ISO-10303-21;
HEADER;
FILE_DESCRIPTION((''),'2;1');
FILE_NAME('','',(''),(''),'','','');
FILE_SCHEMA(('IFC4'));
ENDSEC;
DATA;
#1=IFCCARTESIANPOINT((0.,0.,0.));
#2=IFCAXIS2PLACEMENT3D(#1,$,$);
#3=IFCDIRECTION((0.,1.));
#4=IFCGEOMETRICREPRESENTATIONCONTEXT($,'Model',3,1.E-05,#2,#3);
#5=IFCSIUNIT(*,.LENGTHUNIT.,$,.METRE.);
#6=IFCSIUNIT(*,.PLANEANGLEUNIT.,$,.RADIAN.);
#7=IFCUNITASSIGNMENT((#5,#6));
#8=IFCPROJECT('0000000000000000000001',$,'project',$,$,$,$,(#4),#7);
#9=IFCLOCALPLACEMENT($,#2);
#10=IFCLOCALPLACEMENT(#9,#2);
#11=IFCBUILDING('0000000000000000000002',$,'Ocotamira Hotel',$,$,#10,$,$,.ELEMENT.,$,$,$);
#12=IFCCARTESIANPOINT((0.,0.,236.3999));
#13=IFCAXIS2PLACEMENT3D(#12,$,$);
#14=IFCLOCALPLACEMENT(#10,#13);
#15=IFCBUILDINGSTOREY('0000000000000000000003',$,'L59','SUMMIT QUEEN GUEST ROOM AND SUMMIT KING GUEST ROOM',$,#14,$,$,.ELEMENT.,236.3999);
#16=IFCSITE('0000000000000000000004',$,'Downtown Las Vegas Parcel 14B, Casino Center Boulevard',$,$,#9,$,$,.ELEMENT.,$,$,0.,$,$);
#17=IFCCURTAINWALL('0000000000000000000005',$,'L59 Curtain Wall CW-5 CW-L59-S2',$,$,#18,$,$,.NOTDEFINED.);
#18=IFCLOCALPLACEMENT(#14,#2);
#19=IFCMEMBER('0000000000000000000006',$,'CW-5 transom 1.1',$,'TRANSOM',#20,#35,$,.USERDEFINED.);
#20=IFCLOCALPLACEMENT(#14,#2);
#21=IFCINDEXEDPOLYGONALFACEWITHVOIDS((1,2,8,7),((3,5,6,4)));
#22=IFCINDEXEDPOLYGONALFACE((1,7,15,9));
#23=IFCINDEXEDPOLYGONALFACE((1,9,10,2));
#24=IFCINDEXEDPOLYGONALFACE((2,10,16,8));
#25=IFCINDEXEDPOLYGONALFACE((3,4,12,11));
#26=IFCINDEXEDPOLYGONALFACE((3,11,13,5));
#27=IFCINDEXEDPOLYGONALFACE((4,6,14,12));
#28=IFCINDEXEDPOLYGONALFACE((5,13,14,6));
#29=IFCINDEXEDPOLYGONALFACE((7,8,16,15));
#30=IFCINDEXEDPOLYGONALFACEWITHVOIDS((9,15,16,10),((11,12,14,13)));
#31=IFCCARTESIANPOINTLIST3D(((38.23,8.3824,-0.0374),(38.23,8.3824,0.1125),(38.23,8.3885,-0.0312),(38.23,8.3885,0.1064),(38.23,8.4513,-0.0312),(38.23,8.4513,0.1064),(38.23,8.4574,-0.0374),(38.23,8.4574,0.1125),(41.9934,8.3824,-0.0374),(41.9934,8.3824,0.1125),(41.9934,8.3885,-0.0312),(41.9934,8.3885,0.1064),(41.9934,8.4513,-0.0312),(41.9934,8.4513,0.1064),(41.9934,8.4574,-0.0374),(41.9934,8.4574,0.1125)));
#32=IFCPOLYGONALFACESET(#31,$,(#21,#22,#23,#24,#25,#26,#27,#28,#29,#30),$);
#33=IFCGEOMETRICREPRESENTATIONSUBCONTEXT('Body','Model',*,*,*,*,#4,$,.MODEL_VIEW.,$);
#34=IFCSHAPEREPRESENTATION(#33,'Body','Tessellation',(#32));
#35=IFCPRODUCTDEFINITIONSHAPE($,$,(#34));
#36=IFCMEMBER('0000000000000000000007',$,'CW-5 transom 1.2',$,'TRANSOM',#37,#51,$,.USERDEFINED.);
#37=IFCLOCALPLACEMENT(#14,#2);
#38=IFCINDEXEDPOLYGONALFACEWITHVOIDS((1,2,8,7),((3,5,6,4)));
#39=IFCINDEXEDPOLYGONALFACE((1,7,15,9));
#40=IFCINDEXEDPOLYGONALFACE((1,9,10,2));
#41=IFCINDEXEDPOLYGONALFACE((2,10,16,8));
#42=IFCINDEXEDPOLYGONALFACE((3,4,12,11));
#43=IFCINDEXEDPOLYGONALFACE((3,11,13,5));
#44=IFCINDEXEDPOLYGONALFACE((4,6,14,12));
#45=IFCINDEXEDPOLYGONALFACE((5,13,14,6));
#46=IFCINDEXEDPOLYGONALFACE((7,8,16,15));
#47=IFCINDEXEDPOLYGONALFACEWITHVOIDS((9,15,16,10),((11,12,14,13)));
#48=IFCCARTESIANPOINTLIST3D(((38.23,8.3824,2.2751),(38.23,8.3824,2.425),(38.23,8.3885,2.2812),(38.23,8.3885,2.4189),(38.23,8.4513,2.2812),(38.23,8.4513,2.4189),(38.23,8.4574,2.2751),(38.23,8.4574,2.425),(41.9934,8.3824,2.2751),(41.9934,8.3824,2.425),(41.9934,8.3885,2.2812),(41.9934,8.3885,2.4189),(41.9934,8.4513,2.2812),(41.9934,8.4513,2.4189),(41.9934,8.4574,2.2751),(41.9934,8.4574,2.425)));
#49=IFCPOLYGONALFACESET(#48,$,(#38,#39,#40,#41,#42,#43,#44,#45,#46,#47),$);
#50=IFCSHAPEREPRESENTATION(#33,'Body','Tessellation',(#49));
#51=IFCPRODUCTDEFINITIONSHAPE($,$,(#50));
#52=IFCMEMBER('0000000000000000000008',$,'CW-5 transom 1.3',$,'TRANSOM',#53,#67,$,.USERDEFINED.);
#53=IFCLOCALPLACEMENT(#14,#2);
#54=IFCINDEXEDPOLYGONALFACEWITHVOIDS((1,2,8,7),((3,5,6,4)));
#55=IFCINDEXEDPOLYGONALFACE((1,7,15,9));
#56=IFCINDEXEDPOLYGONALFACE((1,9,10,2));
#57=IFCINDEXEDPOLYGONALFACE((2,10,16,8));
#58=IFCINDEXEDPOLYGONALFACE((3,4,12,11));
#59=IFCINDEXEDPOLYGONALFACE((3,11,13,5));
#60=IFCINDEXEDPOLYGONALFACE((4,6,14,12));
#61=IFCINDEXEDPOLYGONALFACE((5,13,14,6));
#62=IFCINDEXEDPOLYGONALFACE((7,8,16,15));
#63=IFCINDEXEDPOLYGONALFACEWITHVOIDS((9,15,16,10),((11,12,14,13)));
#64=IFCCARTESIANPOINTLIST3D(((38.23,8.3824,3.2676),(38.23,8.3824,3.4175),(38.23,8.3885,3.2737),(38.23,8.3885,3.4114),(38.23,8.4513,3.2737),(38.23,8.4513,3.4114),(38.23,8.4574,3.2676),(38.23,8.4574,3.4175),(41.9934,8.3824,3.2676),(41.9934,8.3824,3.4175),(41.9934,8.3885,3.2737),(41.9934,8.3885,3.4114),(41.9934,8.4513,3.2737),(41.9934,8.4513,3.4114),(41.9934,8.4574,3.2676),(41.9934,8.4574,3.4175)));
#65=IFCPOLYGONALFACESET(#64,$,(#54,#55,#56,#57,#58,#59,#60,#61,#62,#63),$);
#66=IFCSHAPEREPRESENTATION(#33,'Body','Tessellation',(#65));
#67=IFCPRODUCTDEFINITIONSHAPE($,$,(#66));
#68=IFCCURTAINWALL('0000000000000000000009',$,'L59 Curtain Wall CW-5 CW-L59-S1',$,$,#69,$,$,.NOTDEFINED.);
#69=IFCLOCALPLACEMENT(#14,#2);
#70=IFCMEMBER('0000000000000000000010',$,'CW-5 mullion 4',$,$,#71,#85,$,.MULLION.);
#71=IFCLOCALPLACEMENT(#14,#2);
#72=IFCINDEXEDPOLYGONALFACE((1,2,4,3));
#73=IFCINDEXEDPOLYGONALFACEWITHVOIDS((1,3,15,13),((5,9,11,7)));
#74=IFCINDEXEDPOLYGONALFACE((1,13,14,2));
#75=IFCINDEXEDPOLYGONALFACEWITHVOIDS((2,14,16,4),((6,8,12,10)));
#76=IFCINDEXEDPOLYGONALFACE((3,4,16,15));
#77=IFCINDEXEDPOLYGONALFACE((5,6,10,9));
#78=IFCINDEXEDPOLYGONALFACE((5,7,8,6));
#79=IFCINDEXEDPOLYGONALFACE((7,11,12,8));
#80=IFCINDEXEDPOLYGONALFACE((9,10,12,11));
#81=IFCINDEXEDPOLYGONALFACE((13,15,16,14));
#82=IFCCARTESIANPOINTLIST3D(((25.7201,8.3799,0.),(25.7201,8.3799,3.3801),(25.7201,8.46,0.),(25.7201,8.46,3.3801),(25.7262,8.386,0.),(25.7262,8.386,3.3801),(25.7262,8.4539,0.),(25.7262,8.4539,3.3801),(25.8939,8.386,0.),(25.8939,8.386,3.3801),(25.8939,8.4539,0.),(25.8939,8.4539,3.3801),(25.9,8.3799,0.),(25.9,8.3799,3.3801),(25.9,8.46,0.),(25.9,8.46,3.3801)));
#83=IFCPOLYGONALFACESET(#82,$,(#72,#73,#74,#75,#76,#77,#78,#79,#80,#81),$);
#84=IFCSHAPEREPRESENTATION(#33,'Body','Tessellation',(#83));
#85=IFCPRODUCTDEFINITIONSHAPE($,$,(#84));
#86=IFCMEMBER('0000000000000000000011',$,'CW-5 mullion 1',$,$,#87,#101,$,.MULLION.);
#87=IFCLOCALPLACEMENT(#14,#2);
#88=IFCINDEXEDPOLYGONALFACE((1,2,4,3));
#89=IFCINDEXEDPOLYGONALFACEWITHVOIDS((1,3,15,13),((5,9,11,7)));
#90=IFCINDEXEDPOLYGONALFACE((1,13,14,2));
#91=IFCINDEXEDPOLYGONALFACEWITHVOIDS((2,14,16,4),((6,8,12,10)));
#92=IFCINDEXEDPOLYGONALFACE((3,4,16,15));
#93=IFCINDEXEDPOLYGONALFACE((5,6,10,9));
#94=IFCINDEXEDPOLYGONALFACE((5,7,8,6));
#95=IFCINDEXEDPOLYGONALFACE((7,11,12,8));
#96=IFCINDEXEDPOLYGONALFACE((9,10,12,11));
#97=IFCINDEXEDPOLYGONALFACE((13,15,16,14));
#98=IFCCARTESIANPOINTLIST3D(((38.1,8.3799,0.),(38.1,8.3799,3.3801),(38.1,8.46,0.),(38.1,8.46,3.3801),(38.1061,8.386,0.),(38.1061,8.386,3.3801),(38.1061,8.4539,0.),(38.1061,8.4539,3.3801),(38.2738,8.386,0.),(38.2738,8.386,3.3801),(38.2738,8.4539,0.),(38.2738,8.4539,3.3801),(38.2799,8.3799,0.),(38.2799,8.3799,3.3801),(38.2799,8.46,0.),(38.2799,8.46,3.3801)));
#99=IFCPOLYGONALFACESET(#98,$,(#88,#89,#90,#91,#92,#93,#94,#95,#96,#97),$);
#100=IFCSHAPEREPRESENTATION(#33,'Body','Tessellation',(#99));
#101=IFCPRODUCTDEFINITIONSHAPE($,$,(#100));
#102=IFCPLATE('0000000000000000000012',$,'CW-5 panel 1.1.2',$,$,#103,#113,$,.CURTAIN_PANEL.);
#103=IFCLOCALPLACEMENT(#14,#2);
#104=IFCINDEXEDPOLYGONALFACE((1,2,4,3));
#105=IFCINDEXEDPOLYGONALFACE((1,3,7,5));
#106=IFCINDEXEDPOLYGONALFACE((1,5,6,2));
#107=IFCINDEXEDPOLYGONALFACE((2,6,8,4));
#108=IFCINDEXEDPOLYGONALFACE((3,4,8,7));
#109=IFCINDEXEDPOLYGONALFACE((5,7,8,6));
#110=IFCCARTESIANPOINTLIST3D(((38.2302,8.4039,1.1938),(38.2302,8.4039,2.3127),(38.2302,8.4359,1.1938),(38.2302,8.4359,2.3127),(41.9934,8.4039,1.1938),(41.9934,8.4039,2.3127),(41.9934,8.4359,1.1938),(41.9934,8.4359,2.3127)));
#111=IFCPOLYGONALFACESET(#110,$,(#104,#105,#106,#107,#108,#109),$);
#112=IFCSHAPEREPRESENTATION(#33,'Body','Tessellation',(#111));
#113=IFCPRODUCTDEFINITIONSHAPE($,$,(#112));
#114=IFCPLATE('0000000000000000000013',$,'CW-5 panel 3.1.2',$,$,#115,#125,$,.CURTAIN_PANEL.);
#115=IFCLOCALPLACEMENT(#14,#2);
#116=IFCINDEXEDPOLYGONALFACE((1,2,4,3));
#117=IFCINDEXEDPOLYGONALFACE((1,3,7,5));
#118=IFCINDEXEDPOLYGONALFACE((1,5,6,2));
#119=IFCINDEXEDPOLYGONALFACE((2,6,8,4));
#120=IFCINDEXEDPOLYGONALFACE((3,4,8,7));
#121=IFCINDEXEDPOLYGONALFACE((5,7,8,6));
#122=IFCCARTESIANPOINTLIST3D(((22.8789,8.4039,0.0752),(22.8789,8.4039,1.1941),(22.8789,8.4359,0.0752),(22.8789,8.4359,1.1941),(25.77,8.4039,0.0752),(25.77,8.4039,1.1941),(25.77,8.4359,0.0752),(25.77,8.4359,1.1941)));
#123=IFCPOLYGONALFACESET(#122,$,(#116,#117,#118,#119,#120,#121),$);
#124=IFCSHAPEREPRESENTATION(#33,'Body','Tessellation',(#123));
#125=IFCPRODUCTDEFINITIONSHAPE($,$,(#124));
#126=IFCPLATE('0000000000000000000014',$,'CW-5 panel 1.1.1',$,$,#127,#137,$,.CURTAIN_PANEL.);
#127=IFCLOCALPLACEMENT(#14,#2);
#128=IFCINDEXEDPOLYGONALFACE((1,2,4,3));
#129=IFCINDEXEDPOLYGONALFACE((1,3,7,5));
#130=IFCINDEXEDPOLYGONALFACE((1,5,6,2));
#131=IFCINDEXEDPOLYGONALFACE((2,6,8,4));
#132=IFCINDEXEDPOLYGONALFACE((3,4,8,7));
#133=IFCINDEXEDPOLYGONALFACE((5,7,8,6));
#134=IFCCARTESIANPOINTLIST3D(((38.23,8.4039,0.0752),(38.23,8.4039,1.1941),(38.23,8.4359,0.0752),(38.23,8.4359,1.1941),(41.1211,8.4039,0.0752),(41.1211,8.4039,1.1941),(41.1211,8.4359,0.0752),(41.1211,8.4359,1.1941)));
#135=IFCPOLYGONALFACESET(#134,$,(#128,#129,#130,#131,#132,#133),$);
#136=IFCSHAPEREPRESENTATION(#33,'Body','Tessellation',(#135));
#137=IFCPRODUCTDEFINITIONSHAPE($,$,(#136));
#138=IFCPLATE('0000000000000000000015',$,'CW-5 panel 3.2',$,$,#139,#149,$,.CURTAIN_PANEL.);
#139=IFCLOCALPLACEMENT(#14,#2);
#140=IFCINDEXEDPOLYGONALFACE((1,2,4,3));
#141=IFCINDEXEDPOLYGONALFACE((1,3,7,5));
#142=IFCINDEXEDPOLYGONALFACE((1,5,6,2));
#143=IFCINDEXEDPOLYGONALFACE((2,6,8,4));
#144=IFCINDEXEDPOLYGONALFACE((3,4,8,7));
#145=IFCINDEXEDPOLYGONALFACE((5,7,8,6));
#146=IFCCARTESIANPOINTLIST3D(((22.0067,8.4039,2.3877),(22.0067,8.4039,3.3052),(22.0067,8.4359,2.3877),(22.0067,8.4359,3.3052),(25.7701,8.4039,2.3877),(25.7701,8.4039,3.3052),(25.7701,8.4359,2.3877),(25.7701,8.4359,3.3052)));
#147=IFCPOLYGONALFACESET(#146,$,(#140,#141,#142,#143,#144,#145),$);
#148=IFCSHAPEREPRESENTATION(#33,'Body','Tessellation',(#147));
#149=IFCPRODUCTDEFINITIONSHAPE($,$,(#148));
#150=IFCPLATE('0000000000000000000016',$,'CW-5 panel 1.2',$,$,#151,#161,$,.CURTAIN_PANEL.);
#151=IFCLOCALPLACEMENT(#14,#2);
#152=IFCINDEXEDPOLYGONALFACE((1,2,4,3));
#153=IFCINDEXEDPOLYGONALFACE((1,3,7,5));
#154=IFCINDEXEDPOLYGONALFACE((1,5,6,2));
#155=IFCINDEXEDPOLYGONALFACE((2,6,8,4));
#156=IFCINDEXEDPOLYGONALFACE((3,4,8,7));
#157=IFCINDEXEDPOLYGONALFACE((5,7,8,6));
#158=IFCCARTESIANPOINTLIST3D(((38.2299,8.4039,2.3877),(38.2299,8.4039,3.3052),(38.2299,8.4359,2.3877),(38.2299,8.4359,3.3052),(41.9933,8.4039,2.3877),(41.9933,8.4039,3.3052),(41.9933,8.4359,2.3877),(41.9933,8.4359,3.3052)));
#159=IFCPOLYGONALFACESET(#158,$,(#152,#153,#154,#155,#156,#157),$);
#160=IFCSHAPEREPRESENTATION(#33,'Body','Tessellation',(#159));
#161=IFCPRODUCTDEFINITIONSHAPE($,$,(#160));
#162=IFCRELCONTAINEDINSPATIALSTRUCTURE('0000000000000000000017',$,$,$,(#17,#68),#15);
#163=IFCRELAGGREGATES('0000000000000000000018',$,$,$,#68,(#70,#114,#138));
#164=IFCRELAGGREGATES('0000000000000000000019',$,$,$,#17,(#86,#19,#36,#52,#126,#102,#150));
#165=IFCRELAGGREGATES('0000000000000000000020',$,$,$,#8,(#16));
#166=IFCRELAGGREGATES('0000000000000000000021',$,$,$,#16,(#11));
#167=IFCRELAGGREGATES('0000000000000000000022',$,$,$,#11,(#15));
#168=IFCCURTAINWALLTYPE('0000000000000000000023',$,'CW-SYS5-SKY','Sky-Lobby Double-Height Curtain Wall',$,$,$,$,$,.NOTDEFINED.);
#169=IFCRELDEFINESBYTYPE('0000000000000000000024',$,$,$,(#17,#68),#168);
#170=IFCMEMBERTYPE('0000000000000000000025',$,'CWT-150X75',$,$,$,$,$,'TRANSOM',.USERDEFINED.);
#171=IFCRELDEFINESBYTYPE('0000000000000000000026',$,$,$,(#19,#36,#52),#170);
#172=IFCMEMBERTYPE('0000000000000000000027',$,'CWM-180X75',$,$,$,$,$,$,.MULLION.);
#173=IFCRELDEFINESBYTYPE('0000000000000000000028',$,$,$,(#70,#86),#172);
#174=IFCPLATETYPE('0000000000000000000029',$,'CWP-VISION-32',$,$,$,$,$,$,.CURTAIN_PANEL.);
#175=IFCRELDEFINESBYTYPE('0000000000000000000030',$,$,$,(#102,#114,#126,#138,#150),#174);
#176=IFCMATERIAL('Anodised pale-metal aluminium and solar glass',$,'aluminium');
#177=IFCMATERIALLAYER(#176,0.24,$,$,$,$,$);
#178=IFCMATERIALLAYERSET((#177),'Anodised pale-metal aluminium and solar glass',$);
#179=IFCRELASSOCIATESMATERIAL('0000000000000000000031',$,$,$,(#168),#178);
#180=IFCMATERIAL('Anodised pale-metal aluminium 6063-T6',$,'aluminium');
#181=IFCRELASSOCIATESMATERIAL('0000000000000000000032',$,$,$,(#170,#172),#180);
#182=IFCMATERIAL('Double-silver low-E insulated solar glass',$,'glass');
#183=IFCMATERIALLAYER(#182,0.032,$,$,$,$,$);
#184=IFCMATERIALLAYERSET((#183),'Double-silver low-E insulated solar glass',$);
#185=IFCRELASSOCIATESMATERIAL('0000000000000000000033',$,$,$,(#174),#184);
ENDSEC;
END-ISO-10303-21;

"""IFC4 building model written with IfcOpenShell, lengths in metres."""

from ifc_helpers import new_model, si_unit, direction, frame, origin, origin_2d, place, context, subcontext, project, spatial, rectangle, hollow_rectangle, extrude, source, transform, mapped, material, layer, layer_set, material_profile, profile_set, type_object, element, aggregate, save


model = new_model("IFC4")

# Units and contexts
model_context = context("Model", 3, precision=1e-05, world=origin(), true_north=direction((0.0, 1.0)))
body_context = subcontext(model_context, "Body", "Model", "MODEL_VIEW")
ifc_project = project(units=[si_unit("LENGTHUNIT", "METRE"), si_unit("PLANEANGLEUNIT", "RADIAN")], contexts=[model_context])

# Site, building, storey
site_placement = place(None, origin())
site = spatial("IfcSite", under=ifc_project, at=site_placement, Name="Downtown Las Vegas Parcel 14B, Casino Center Boulevard", CompositionType="ELEMENT", RefElevation=0.0)
building_placement = place(site_placement, origin())
building = spatial("IfcBuilding", under=site, at=building_placement, Name="Ocotamira Hotel", CompositionType="ELEMENT")
storey_placement = place(building_placement, frame((0.0, 0.0, 236.3999)))
storey = spatial("IfcBuildingStorey", under=building, at=storey_placement, Name="L59", Description="SUMMIT QUEEN GUEST ROOM AND SUMMIT KING GUEST ROOM", CompositionType="ELEMENT", Elevation=236.3999)

# Curtain wall, members
ifc_material_1 = material(Name="Anodised pale-metal aluminium and solar glass", Category="aluminium")
ifc_layer_1 = layer(ifc_material_1, 0.24)
ifc_layer_set_1 = layer_set([ifc_layer_1], Name="Anodised pale-metal aluminium and solar glass")
curtain_wall_type = type_object("IfcCurtainWallType", Name="CW-SYS5-SKY", Description="Sky-Lobby Double-Height Curtain Wall", PredefinedType="NOTDEFINED", material=ifc_layer_set_1)
curtain_wall_1_placement = place(storey_placement, origin())
curtain_wall_1 = element("IfcCurtainWall", 1, at=curtain_wall_1_placement, inside=storey, type_object=curtain_wall_type, Name="L59 Curtain Wall CW-5 CW-L59-S2", PredefinedType="NOTDEFINED")
ifc_material_2 = material(Name="Anodised pale-metal aluminium 6063-T6", Category="aluminium")
ifc_material_profile_1 = material_profile(ifc_material_2, hollow_rectangle(XDim=0.075, YDim=0.1499, WallThickness=0.0061, at=origin_2d()), Name="HSS150X75X6")
ifc_profile_set_1 = profile_set([ifc_material_profile_1], Name="Anodised pale-metal aluminium 6063-T6")
member_type_1 = type_object("IfcMemberType", Name="CWT-150X75", ElementType="TRANSOM", PredefinedType="USERDEFINED", material=ifc_profile_set_1)
shared_shape_1 = source(origin(), body_context, "Body", "SweptSolid", [
    extrude(hollow_rectangle(XDim=0.075, YDim=0.1499, WallThickness=0.0061, at=origin_2d()), origin(), (0.0, 0.0, 1.0), 3.7634),
])
member_1_placement = place(storey_placement, frame((38.23, 8.4199, 0.0376), z_axis=(1.0, 0.0, 0.0), x_axis=(0.0, 1.0, 0.0)))
member_1 = element("IfcMember", 2, at=member_1_placement, type_object=member_type_1, Name="CW-5 transom 1.1", ObjectType="TRANSOM", PredefinedType="USERDEFINED", context=body_context, shape_type="MappedRepresentation", body=[
    mapped(shared_shape_1, transform((0.0, 0.0, 0.0), scale=1.0)),
])
member_2_placement = place(storey_placement, frame((38.23, 8.4199, 2.3501), z_axis=(1.0, 0.0, 0.0), x_axis=(0.0, 1.0, 0.0)))
member_2 = element("IfcMember", 3, at=member_2_placement, type_object=member_type_1, Name="CW-5 transom 1.2", ObjectType="TRANSOM", PredefinedType="USERDEFINED", context=body_context, shape_type="MappedRepresentation", body=[
    mapped(shared_shape_1, transform((0.0, 0.0, 0.0), scale=1.0)),
])
member_3_placement = place(storey_placement, frame((38.23, 8.4199, 3.3425), z_axis=(1.0, 0.0, 0.0), x_axis=(0.0, 1.0, 0.0)))
member_3 = element("IfcMember", 4, at=member_3_placement, type_object=member_type_1, Name="CW-5 transom 1.3", ObjectType="TRANSOM", PredefinedType="USERDEFINED", context=body_context, shape_type="MappedRepresentation", body=[
    mapped(shared_shape_1, transform((0.0, 0.0, 0.0), scale=1.0)),
])

# Curtain wall, member
curtain_wall_2_placement = place(storey_placement, origin())
curtain_wall_2 = element("IfcCurtainWall", 5, at=curtain_wall_2_placement, inside=storey, type_object=curtain_wall_type, Name="L59 Curtain Wall CW-5 CW-L59-S1", PredefinedType="NOTDEFINED")
ifc_material_profile_2 = material_profile(ifc_material_2, hollow_rectangle(XDim=0.0801, YDim=0.1799, WallThickness=0.0061, at=origin_2d()), Name="HSS180X80X6")
ifc_profile_set_2 = profile_set([ifc_material_profile_2], Name="Anodised pale-metal aluminium 6063-T6")
member_type_2 = type_object("IfcMemberType", Name="CWM-180X75", PredefinedType="MULLION", material=ifc_profile_set_2)
shared_shape_2 = source(origin(), body_context, "Body", "SweptSolid", [
    extrude(hollow_rectangle(XDim=0.0801, YDim=0.1799, WallThickness=0.0061, at=origin_2d()), origin(), (0.0, 0.0, 1.0), 3.3801),
])
member_4_placement = place(storey_placement, frame((25.8101, 8.4199, 0.0), z_axis=(0.0, 0.0, 1.0), x_axis=(0.0, 1.0, 0.0)))
member_4 = element("IfcMember", 6, at=member_4_placement, type_object=member_type_2, Name="CW-5 mullion 4", PredefinedType="MULLION", context=body_context, shape_type="MappedRepresentation", body=[
    mapped(shared_shape_2, transform((0.0, 0.0, 0.0), scale=1.0)),
])

# Member
member_5_placement = place(storey_placement, frame((38.1899, 8.4199, 0.0), z_axis=(0.0, 0.0, 1.0), x_axis=(0.0, 1.0, 0.0)))
member_5 = element("IfcMember", 7, at=member_5_placement, type_object=member_type_2, Name="CW-5 mullion 1", PredefinedType="MULLION", context=body_context, shape_type="MappedRepresentation", body=[
    mapped(shared_shape_2, transform((0.0, 0.0, 0.0), scale=1.0)),
])

# Plates
ifc_material_3 = material(Name="Double-silver low-E insulated solar glass", Category="glass")
ifc_layer_2 = layer(ifc_material_3, 0.032)
ifc_layer_set_2 = layer_set([ifc_layer_2], Name="Double-silver low-E insulated solar glass")
plate_type = type_object("IfcPlateType", Name="CWP-VISION-32", PredefinedType="CURTAIN_PANEL", material=ifc_layer_set_2)
shared_shape_3 = source(origin(), body_context, "Body", "SweptSolid", [
    extrude(rectangle(XDim=3.7632, YDim=0.032, at=origin_2d()), origin(), (0.0, 0.0, 1.0), 1.1189),
])
plate_1_placement = place(storey_placement, frame((40.1118, 8.4199, 1.1938), z_axis=(0.0, 0.0, 1.0), x_axis=(1.0, 0.0, 0.0)))
plate_1 = element("IfcPlate", 8, at=plate_1_placement, type_object=plate_type, Name="CW-5 panel 1.1.2", PredefinedType="CURTAIN_PANEL", context=body_context, shape_type="MappedRepresentation", body=[
    mapped(shared_shape_3, transform((0.0, 0.0, 0.0), scale=1.0)),
])
shared_shape_4 = source(origin(), body_context, "Body", "SweptSolid", [
    extrude(rectangle(XDim=2.8911, YDim=0.032, at=origin_2d()), origin(), (0.0, 0.0, 1.0), 1.1189),
])
plate_2_placement = place(storey_placement, frame((24.3245, 8.4199, 0.0752), z_axis=(0.0, 0.0, 1.0), x_axis=(1.0, 0.0, 0.0)))
plate_2 = element("IfcPlate", 9, at=plate_2_placement, type_object=plate_type, Name="CW-5 panel 3.1.2", PredefinedType="CURTAIN_PANEL", context=body_context, shape_type="MappedRepresentation", body=[
    mapped(shared_shape_4, transform((0.0, 0.0, 0.0), scale=1.0)),
])
plate_3_placement = place(storey_placement, frame((39.6755, 8.4199, 0.0752), z_axis=(0.0, 0.0, 1.0), x_axis=(1.0, 0.0, 0.0)))
plate_3 = element("IfcPlate", 10, at=plate_3_placement, type_object=plate_type, Name="CW-5 panel 1.1.1", PredefinedType="CURTAIN_PANEL", context=body_context, shape_type="MappedRepresentation", body=[
    mapped(shared_shape_4, transform((0.0, 0.0, 0.0), scale=1.0)),
])
shared_shape_5 = source(origin(), body_context, "Body", "SweptSolid", [
    extrude(rectangle(XDim=3.7634, YDim=0.032, at=origin_2d()), origin(), (0.0, 0.0, 1.0), 0.9175),
])
plate_4_placement = place(storey_placement, frame((23.8884, 8.4199, 2.3877), z_axis=(0.0, 0.0, 1.0), x_axis=(1.0, 0.0, 0.0)))
plate_4 = element("IfcPlate", 11, at=plate_4_placement, type_object=plate_type, Name="CW-5 panel 3.2", PredefinedType="CURTAIN_PANEL", context=body_context, shape_type="MappedRepresentation", body=[
    mapped(shared_shape_5, transform((0.0, 0.0, 0.0), scale=1.0)),
])
aggregate(curtain_wall_2, [member_4, plate_2, plate_4])
plate_5_placement = place(storey_placement, frame((40.1116, 8.4199, 2.3877), z_axis=(0.0, 0.0, 1.0), x_axis=(1.0, 0.0, 0.0)))
plate_5 = element("IfcPlate", 12, at=plate_5_placement, type_object=plate_type, Name="CW-5 panel 1.2", PredefinedType="CURTAIN_PANEL", context=body_context, shape_type="MappedRepresentation", body=[
    mapped(shared_shape_5, transform((0.0, 0.0, 0.0), scale=1.0)),
])
aggregate(curtain_wall_1, [member_5, member_1, member_2, member_3, plate_3, plate_1, plate_5])

save(model, "model.ifc")
